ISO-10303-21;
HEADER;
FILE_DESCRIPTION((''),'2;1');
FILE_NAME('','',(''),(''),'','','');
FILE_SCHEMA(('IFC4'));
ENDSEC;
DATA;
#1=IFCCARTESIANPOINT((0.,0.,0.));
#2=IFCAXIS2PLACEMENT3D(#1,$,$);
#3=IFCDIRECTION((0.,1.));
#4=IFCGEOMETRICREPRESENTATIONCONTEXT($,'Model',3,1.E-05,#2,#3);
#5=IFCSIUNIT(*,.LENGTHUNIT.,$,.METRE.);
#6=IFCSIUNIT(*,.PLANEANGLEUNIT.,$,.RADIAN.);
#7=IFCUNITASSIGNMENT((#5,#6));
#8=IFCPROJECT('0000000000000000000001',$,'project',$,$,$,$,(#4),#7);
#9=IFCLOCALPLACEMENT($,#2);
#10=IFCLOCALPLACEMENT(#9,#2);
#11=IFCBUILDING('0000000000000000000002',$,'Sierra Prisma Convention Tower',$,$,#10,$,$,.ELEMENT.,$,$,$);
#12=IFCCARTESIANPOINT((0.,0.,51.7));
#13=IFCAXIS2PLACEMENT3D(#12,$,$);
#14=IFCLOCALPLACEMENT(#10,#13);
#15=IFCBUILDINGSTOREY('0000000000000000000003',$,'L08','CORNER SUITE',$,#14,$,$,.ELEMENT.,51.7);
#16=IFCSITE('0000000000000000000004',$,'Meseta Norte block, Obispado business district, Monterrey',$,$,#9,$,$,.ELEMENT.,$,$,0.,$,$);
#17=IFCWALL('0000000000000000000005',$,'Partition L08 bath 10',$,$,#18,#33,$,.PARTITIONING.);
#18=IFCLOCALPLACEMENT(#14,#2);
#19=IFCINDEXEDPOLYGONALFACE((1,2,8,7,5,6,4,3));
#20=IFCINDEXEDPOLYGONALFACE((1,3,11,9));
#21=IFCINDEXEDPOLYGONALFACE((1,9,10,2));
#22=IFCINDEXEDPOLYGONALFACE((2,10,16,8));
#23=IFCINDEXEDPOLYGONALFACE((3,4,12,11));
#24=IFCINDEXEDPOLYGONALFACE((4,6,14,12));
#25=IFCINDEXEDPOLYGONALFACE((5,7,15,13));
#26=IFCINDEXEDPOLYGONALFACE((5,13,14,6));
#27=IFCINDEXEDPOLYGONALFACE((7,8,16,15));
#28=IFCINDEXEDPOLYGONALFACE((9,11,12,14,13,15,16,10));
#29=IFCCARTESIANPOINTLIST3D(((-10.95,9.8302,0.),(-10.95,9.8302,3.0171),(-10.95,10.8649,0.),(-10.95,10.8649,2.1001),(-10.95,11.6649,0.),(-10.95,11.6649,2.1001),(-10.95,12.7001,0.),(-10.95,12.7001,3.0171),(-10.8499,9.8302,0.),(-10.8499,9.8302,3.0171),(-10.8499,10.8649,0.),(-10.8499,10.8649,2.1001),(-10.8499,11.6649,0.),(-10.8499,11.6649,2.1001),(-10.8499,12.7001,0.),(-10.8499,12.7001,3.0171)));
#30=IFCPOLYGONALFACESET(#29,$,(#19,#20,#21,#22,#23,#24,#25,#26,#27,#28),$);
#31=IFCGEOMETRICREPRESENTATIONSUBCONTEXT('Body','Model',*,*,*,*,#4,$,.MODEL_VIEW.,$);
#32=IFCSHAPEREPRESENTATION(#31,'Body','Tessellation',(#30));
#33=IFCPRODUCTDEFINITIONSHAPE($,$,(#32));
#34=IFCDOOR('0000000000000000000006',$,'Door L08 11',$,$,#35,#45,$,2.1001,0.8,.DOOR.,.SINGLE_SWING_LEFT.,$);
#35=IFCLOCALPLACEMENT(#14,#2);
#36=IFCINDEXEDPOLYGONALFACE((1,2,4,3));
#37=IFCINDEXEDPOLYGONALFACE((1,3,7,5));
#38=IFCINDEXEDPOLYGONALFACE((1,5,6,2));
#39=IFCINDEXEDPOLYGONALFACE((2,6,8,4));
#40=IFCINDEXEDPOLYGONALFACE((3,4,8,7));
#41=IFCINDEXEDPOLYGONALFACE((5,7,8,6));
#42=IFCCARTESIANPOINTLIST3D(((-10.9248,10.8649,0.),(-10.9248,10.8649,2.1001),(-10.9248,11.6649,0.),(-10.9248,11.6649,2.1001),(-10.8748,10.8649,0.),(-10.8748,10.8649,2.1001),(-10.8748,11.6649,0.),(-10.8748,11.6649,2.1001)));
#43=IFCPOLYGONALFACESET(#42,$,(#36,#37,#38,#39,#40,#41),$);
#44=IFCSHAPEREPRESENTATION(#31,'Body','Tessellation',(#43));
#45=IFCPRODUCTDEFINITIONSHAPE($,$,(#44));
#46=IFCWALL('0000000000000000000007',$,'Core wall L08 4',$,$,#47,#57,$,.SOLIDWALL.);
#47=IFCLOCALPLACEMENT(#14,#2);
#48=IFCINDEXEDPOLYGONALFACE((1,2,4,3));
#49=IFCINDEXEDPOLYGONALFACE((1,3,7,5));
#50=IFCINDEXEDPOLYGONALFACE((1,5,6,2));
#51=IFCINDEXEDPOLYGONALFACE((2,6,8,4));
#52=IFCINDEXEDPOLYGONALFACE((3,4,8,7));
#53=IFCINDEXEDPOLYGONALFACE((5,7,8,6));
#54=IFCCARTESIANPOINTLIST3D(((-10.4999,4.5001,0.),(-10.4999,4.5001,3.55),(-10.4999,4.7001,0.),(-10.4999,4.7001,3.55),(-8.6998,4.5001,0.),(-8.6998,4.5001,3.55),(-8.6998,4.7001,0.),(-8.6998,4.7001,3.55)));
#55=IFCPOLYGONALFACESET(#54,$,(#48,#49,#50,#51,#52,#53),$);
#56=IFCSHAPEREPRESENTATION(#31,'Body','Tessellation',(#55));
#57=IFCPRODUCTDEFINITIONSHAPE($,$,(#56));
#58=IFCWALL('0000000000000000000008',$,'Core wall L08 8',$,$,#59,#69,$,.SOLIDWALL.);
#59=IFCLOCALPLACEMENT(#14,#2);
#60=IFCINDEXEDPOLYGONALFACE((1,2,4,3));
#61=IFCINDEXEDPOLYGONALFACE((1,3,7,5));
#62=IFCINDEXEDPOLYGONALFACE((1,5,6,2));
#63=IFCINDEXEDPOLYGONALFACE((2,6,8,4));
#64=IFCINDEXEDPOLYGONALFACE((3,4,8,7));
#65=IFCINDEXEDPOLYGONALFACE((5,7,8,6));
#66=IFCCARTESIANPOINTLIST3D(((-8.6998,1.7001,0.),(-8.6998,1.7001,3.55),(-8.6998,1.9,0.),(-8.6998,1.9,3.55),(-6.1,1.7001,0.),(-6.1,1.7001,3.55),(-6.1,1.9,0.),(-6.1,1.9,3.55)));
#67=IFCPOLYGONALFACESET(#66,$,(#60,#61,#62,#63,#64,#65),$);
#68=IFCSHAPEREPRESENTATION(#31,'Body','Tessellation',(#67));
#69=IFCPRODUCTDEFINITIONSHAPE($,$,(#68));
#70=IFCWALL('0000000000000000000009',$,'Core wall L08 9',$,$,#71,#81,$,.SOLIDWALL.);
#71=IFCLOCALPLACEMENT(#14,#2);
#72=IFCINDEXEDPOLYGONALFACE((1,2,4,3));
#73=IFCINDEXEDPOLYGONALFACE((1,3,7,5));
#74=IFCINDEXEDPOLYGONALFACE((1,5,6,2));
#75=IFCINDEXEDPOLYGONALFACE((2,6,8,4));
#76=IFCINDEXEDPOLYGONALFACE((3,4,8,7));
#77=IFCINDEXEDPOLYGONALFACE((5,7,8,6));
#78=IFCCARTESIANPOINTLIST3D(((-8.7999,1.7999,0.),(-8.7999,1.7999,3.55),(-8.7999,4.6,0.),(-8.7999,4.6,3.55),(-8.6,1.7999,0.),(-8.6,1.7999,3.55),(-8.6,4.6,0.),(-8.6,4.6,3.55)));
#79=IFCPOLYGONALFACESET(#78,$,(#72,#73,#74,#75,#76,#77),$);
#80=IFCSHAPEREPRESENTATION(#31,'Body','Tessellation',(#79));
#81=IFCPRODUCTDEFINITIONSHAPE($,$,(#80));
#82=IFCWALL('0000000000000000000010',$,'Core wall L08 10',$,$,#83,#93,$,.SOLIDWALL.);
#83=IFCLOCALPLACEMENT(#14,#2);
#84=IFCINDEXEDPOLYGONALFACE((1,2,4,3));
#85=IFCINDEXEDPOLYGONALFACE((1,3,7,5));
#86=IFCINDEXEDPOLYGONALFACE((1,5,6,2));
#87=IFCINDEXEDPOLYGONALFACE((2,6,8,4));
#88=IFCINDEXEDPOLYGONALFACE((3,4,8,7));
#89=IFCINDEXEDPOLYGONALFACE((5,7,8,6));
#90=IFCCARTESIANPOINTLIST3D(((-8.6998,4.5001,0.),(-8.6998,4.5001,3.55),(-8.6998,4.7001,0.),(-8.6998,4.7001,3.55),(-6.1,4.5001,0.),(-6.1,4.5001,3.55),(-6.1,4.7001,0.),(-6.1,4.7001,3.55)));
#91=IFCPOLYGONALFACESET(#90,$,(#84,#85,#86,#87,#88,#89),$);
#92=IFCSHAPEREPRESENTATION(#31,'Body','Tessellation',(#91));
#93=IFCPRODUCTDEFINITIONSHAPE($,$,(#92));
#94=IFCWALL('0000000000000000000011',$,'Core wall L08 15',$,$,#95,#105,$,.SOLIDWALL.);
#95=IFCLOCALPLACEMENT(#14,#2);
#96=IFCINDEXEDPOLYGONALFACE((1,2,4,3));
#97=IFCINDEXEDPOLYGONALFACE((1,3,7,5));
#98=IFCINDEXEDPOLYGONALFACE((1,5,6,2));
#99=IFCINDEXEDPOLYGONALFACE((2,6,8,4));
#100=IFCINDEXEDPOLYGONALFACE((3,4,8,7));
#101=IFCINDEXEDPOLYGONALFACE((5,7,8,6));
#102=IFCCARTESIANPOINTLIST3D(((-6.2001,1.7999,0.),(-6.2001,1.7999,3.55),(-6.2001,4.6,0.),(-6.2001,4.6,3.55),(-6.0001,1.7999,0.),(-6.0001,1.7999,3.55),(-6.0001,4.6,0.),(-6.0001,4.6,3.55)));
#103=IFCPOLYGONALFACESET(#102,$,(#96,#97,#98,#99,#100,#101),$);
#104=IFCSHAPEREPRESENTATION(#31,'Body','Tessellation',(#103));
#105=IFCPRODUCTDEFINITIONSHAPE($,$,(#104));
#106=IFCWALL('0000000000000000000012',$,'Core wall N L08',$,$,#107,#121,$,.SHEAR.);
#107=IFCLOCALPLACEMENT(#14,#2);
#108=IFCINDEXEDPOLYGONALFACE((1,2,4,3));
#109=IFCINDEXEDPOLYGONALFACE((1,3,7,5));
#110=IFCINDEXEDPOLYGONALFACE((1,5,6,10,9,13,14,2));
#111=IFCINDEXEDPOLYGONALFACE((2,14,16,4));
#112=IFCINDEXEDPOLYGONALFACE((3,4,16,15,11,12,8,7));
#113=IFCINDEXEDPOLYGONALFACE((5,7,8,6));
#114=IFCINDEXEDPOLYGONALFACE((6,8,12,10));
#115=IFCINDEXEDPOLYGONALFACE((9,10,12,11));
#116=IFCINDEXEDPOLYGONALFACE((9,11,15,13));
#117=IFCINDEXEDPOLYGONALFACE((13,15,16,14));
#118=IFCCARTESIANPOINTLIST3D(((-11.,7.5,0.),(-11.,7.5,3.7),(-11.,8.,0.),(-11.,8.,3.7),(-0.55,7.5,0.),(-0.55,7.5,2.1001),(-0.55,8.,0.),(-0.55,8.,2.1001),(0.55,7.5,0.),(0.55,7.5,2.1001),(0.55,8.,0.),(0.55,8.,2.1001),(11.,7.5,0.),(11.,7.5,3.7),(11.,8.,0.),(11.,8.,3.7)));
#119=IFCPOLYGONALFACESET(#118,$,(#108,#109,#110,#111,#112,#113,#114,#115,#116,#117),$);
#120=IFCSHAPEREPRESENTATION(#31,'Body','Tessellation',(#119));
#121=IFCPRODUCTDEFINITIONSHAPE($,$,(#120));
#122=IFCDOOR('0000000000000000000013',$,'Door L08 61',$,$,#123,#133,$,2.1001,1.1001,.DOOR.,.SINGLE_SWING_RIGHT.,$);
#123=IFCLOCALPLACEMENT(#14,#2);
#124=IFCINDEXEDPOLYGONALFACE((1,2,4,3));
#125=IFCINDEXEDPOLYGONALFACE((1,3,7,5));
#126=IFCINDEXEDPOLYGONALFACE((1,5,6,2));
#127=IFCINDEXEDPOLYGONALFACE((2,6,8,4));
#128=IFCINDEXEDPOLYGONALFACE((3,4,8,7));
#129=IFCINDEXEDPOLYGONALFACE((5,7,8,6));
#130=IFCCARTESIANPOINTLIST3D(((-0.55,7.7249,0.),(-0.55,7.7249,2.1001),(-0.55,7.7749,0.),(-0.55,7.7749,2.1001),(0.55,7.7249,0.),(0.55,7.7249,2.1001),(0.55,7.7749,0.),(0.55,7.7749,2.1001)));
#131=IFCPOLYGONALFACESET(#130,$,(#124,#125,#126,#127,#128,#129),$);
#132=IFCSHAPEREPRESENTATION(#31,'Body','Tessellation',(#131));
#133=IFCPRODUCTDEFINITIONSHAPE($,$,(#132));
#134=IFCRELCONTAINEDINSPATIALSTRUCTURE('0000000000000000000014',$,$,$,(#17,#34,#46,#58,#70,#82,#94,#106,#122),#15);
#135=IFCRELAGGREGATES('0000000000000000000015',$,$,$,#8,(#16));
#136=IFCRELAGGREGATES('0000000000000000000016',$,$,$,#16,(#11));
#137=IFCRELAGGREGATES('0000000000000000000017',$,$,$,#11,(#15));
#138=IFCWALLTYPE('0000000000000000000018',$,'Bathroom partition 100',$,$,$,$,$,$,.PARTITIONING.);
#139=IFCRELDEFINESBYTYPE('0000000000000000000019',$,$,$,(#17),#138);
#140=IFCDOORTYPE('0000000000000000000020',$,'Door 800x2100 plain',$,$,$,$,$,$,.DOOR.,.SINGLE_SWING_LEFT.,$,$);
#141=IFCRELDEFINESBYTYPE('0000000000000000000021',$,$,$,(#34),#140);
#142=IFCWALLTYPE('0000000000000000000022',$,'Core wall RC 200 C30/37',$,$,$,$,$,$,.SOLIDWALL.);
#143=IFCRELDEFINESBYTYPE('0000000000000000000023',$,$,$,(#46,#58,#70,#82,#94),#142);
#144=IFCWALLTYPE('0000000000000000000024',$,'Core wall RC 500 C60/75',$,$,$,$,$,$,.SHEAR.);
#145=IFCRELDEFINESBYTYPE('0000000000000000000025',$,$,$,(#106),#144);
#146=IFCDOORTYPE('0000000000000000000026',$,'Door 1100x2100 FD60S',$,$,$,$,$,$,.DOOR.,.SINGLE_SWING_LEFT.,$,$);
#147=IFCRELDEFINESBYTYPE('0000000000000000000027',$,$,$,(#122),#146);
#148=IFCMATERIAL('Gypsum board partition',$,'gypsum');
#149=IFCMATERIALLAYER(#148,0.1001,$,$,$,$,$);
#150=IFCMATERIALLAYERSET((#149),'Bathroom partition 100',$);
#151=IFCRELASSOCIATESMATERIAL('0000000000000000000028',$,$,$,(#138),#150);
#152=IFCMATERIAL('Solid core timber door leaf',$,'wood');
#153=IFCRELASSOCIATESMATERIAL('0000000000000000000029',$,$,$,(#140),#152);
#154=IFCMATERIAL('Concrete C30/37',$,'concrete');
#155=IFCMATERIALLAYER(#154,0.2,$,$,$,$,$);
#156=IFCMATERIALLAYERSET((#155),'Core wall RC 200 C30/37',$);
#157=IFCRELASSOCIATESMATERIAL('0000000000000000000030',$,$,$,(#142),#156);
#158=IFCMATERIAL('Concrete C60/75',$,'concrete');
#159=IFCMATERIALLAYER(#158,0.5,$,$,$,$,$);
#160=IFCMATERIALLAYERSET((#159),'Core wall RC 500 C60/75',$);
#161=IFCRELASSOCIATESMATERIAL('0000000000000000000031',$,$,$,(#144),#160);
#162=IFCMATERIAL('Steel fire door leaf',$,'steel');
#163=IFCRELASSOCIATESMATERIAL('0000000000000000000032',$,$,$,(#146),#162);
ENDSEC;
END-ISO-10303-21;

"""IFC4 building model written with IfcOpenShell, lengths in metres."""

from ifc_helpers import new_model, si_unit, direction, frame, frame_2d, origin, place, context, subcontext, project, spatial, rectangle, extrude, material, layer, layer_set, type_object, element, fill, save


model = new_model("IFC4")

# Units and contexts
model_context = context("Model", 3, precision=1e-05, world=origin(), true_north=direction((0.0, 1.0)))
body_context = subcontext(model_context, "Body", "Model", "MODEL_VIEW")
ifc_project = project(units=[si_unit("LENGTHUNIT", "METRE"), si_unit("PLANEANGLEUNIT", "RADIAN")], contexts=[model_context])

# Site, building, storey
site_placement = place(None, origin())
site = spatial("IfcSite", under=ifc_project, at=site_placement, Name="Meseta Norte block, Obispado business district, Monterrey", CompositionType="ELEMENT", RefElevation=0.0)
building_placement = place(site_placement, origin())
building = spatial("IfcBuilding", under=site, at=building_placement, Name="Sierra Prisma Convention Tower", CompositionType="ELEMENT")
storey_placement = place(building_placement, frame((0.0, 0.0, 51.7)))
storey = spatial("IfcBuildingStorey", under=building, at=storey_placement, Name="L08", Description="CORNER SUITE", CompositionType="ELEMENT", Elevation=51.7)

# Wall, opening, door
ifc_material_1 = material(Name="Gypsum board partition", Category="gypsum")
ifc_layer_1 = layer(ifc_material_1, 0.1001)
ifc_layer_set_1 = layer_set([ifc_layer_1], Name="Bathroom partition 100")
wall_type_1 = type_object("IfcWallType", Name="Bathroom partition 100", PredefinedType="PARTITIONING", material=ifc_layer_set_1)
wall_1_placement = place(storey_placement, frame((-10.8999, 9.8301, 0.0), z_axis=(0.0, 0.0, 1.0), x_axis=(0.0, 1.0, 0.0)))
wall_1 = element("IfcWall", 1, at=wall_1_placement, inside=storey, type_object=wall_type_1, Name="Partition L08 bath 10", PredefinedType="PARTITIONING", context=body_context, shape_type="SweptSolid", body=[
    extrude(rectangle(XDim=2.8699, YDim=0.1001, at=frame_2d((1.4351, 0.0))), origin(), (0.0, 0.0, 1.0), 3.0171),
])
opening_1_placement = place(wall_1_placement, frame((1.0349, 0.0, 0.0)))
opening_1 = element("IfcOpeningElement", 2, at=opening_1_placement, cuts=wall_1, PredefinedType="OPENING", context=body_context, shape_type="SweptSolid", body=[
    extrude(rectangle(XDim=0.8, YDim=2.1001, at=frame_2d((0.3999, 1.05))), frame((0.0, 0.05, 0.0), z_axis=(0.0, -1.0, 0.0), x_axis=(1.0, 0.0, 0.0)), (0.0, 0.0, 1.0), 0.1001),
])
ifc_material_2 = material(Name="Solid core timber door leaf", Category="wood")
door_type_1 = type_object("IfcDoorType", Name="Door 800x2100 plain", OperationType="SINGLE_SWING_LEFT", PredefinedType="DOOR", material=ifc_material_2)
door_1_placement = place(opening_1_placement, origin())
door_1 = element("IfcDoor", 3, at=door_1_placement, inside=storey, type_object=door_type_1, Name="Door L08 11", OperationType="SINGLE_SWING_LEFT", OverallHeight=2.1001, OverallWidth=0.8, PredefinedType="DOOR", context=body_context, shape_type="SweptSolid", body=[
    extrude(rectangle(XDim=0.8, YDim=2.1001, at=frame_2d((0.3999, 1.05))), frame((0.0, 0.0249, 0.0), z_axis=(0.0, -1.0, 0.0), x_axis=(1.0, 0.0, 0.0)), (0.0, 0.0, 1.0), 0.05),
])
fill(opening_1, door_1)
ifc_material_3 = material(Name="Concrete C30/37", Category="concrete")
ifc_layer_2 = layer(ifc_material_3, 0.2)
ifc_layer_set_2 = layer_set([ifc_layer_2], Name="Core wall RC 200 C30/37")
wall_type_2 = type_object("IfcWallType", Name="Core wall RC 200 C30/37", PredefinedType="SOLIDWALL", material=ifc_layer_set_2)

# Walls
wall_2_placement = place(storey_placement, frame((-8.7, 4.6001, 0.0), z_axis=(0.0, 0.0, 1.0), x_axis=(-1.0, 0.0, 0.0)))
element("IfcWall", 4, at=wall_2_placement, inside=storey, type_object=wall_type_2, Name="Core wall L08 4", PredefinedType="SOLIDWALL", context=body_context, shape_type="SweptSolid", body=[
    extrude(rectangle(XDim=1.8, YDim=0.2, at=frame_2d((0.8999, 0.0))), origin(), (0.0, 0.0, 1.0), 3.55),
])
wall_3_placement = place(storey_placement, frame((-6.1001, 1.8, 0.0), z_axis=(0.0, 0.0, 1.0), x_axis=(-1.0, 0.0, 0.0)))
element("IfcWall", 5, at=wall_3_placement, inside=storey, type_object=wall_type_2, Name="Core wall L08 8", PredefinedType="SOLIDWALL", context=body_context, shape_type="SweptSolid", body=[
    extrude(rectangle(XDim=2.5999, YDim=0.2, at=frame_2d((1.2998, 0.0))), origin(), (0.0, 0.0, 1.0), 3.55),
])
wall_4_placement = place(storey_placement, frame((-8.7, 1.8, 0.0), z_axis=(0.0, 0.0, 1.0), x_axis=(0.0, 1.0, 0.0)))
element("IfcWall", 6, at=wall_4_placement, inside=storey, type_object=wall_type_2, Name="Core wall L08 9", PredefinedType="SOLIDWALL", context=body_context, shape_type="SweptSolid", body=[
    extrude(rectangle(XDim=2.8, YDim=0.2, at=frame_2d((1.3999, 0.0))), origin(), (0.0, 0.0, 1.0), 3.55),
])
wall_5_placement = place(storey_placement, frame((-6.1001, 4.6001, 0.0), z_axis=(0.0, 0.0, 1.0), x_axis=(-1.0, 0.0, 0.0)))
element("IfcWall", 7, at=wall_5_placement, inside=storey, type_object=wall_type_2, Name="Core wall L08 10", PredefinedType="SOLIDWALL", context=body_context, shape_type="SweptSolid", body=[
    extrude(rectangle(XDim=2.5999, YDim=0.2, at=frame_2d((1.2998, 0.0))), origin(), (0.0, 0.0, 1.0), 3.55),
])
wall_6_placement = place(storey_placement, frame((-6.1001, 1.8, 0.0), z_axis=(0.0, 0.0, 1.0), x_axis=(0.0, 1.0, 0.0)))
element("IfcWall", 8, at=wall_6_placement, inside=storey, type_object=wall_type_2, Name="Core wall L08 15", PredefinedType="SOLIDWALL", context=body_context, shape_type="SweptSolid", body=[
    extrude(rectangle(XDim=2.8, YDim=0.2, at=frame_2d((1.3999, 0.0))), origin(), (0.0, 0.0, 1.0), 3.55),
])

# Wall, opening, door
ifc_material_4 = material(Name="Concrete C60/75", Category="concrete")
ifc_layer_3 = layer(ifc_material_4, 0.5)
ifc_layer_set_3 = layer_set([ifc_layer_3], Name="Core wall RC 500 C60/75")
wall_type_3 = type_object("IfcWallType", Name="Core wall RC 500 C60/75", PredefinedType="SHEAR", material=ifc_layer_set_3)
wall_7_placement = place(storey_placement, frame((-11.0, 7.75, 0.0), z_axis=(0.0, 0.0, 1.0), x_axis=(1.0, 0.0, 0.0)))
wall_7 = element("IfcWall", 9, at=wall_7_placement, inside=storey, type_object=wall_type_3, Name="Core wall N L08", PredefinedType="SHEAR", context=body_context, shape_type="SweptSolid", body=[
    extrude(rectangle(XDim=22.0, YDim=0.5, at=frame_2d((11.0, 0.0))), origin(), (0.0, 0.0, 1.0), 3.7),
])
opening_2_placement = place(wall_7_placement, frame((10.45, 0.0, 0.0)))
opening_2 = element("IfcOpeningElement", 10, at=opening_2_placement, cuts=wall_7, PredefinedType="OPENING", context=body_context, shape_type="SweptSolid", body=[
    extrude(rectangle(XDim=1.1001, YDim=2.1001, at=frame_2d((0.55, 1.05))), frame((0.0, 0.25, 0.0), z_axis=(0.0, -1.0, 0.0), x_axis=(1.0, 0.0, 0.0)), (0.0, 0.0, 1.0), 0.5),
])
ifc_material_5 = material(Name="Steel fire door leaf", Category="steel")
door_type_2 = type_object("IfcDoorType", Name="Door 1100x2100 FD60S", OperationType="SINGLE_SWING_LEFT", PredefinedType="DOOR", material=ifc_material_5)
door_2_placement = place(opening_2_placement, origin())
door_2 = element("IfcDoor", 11, at=door_2_placement, inside=storey, type_object=door_type_2, Name="Door L08 61", OperationType="SINGLE_SWING_RIGHT", OverallHeight=2.1001, OverallWidth=1.1001, PredefinedType="DOOR", context=body_context, shape_type="SweptSolid", body=[
    extrude(rectangle(XDim=1.1001, YDim=2.1001, at=frame_2d((0.55, 1.05))), frame((0.0, 0.0249, 0.0), z_axis=(0.0, -1.0, 0.0), x_axis=(1.0, 0.0, 0.0)), (0.0, 0.0, 1.0), 0.05),
])
fill(opening_2, door_2)

save(model, "model.ifc")
